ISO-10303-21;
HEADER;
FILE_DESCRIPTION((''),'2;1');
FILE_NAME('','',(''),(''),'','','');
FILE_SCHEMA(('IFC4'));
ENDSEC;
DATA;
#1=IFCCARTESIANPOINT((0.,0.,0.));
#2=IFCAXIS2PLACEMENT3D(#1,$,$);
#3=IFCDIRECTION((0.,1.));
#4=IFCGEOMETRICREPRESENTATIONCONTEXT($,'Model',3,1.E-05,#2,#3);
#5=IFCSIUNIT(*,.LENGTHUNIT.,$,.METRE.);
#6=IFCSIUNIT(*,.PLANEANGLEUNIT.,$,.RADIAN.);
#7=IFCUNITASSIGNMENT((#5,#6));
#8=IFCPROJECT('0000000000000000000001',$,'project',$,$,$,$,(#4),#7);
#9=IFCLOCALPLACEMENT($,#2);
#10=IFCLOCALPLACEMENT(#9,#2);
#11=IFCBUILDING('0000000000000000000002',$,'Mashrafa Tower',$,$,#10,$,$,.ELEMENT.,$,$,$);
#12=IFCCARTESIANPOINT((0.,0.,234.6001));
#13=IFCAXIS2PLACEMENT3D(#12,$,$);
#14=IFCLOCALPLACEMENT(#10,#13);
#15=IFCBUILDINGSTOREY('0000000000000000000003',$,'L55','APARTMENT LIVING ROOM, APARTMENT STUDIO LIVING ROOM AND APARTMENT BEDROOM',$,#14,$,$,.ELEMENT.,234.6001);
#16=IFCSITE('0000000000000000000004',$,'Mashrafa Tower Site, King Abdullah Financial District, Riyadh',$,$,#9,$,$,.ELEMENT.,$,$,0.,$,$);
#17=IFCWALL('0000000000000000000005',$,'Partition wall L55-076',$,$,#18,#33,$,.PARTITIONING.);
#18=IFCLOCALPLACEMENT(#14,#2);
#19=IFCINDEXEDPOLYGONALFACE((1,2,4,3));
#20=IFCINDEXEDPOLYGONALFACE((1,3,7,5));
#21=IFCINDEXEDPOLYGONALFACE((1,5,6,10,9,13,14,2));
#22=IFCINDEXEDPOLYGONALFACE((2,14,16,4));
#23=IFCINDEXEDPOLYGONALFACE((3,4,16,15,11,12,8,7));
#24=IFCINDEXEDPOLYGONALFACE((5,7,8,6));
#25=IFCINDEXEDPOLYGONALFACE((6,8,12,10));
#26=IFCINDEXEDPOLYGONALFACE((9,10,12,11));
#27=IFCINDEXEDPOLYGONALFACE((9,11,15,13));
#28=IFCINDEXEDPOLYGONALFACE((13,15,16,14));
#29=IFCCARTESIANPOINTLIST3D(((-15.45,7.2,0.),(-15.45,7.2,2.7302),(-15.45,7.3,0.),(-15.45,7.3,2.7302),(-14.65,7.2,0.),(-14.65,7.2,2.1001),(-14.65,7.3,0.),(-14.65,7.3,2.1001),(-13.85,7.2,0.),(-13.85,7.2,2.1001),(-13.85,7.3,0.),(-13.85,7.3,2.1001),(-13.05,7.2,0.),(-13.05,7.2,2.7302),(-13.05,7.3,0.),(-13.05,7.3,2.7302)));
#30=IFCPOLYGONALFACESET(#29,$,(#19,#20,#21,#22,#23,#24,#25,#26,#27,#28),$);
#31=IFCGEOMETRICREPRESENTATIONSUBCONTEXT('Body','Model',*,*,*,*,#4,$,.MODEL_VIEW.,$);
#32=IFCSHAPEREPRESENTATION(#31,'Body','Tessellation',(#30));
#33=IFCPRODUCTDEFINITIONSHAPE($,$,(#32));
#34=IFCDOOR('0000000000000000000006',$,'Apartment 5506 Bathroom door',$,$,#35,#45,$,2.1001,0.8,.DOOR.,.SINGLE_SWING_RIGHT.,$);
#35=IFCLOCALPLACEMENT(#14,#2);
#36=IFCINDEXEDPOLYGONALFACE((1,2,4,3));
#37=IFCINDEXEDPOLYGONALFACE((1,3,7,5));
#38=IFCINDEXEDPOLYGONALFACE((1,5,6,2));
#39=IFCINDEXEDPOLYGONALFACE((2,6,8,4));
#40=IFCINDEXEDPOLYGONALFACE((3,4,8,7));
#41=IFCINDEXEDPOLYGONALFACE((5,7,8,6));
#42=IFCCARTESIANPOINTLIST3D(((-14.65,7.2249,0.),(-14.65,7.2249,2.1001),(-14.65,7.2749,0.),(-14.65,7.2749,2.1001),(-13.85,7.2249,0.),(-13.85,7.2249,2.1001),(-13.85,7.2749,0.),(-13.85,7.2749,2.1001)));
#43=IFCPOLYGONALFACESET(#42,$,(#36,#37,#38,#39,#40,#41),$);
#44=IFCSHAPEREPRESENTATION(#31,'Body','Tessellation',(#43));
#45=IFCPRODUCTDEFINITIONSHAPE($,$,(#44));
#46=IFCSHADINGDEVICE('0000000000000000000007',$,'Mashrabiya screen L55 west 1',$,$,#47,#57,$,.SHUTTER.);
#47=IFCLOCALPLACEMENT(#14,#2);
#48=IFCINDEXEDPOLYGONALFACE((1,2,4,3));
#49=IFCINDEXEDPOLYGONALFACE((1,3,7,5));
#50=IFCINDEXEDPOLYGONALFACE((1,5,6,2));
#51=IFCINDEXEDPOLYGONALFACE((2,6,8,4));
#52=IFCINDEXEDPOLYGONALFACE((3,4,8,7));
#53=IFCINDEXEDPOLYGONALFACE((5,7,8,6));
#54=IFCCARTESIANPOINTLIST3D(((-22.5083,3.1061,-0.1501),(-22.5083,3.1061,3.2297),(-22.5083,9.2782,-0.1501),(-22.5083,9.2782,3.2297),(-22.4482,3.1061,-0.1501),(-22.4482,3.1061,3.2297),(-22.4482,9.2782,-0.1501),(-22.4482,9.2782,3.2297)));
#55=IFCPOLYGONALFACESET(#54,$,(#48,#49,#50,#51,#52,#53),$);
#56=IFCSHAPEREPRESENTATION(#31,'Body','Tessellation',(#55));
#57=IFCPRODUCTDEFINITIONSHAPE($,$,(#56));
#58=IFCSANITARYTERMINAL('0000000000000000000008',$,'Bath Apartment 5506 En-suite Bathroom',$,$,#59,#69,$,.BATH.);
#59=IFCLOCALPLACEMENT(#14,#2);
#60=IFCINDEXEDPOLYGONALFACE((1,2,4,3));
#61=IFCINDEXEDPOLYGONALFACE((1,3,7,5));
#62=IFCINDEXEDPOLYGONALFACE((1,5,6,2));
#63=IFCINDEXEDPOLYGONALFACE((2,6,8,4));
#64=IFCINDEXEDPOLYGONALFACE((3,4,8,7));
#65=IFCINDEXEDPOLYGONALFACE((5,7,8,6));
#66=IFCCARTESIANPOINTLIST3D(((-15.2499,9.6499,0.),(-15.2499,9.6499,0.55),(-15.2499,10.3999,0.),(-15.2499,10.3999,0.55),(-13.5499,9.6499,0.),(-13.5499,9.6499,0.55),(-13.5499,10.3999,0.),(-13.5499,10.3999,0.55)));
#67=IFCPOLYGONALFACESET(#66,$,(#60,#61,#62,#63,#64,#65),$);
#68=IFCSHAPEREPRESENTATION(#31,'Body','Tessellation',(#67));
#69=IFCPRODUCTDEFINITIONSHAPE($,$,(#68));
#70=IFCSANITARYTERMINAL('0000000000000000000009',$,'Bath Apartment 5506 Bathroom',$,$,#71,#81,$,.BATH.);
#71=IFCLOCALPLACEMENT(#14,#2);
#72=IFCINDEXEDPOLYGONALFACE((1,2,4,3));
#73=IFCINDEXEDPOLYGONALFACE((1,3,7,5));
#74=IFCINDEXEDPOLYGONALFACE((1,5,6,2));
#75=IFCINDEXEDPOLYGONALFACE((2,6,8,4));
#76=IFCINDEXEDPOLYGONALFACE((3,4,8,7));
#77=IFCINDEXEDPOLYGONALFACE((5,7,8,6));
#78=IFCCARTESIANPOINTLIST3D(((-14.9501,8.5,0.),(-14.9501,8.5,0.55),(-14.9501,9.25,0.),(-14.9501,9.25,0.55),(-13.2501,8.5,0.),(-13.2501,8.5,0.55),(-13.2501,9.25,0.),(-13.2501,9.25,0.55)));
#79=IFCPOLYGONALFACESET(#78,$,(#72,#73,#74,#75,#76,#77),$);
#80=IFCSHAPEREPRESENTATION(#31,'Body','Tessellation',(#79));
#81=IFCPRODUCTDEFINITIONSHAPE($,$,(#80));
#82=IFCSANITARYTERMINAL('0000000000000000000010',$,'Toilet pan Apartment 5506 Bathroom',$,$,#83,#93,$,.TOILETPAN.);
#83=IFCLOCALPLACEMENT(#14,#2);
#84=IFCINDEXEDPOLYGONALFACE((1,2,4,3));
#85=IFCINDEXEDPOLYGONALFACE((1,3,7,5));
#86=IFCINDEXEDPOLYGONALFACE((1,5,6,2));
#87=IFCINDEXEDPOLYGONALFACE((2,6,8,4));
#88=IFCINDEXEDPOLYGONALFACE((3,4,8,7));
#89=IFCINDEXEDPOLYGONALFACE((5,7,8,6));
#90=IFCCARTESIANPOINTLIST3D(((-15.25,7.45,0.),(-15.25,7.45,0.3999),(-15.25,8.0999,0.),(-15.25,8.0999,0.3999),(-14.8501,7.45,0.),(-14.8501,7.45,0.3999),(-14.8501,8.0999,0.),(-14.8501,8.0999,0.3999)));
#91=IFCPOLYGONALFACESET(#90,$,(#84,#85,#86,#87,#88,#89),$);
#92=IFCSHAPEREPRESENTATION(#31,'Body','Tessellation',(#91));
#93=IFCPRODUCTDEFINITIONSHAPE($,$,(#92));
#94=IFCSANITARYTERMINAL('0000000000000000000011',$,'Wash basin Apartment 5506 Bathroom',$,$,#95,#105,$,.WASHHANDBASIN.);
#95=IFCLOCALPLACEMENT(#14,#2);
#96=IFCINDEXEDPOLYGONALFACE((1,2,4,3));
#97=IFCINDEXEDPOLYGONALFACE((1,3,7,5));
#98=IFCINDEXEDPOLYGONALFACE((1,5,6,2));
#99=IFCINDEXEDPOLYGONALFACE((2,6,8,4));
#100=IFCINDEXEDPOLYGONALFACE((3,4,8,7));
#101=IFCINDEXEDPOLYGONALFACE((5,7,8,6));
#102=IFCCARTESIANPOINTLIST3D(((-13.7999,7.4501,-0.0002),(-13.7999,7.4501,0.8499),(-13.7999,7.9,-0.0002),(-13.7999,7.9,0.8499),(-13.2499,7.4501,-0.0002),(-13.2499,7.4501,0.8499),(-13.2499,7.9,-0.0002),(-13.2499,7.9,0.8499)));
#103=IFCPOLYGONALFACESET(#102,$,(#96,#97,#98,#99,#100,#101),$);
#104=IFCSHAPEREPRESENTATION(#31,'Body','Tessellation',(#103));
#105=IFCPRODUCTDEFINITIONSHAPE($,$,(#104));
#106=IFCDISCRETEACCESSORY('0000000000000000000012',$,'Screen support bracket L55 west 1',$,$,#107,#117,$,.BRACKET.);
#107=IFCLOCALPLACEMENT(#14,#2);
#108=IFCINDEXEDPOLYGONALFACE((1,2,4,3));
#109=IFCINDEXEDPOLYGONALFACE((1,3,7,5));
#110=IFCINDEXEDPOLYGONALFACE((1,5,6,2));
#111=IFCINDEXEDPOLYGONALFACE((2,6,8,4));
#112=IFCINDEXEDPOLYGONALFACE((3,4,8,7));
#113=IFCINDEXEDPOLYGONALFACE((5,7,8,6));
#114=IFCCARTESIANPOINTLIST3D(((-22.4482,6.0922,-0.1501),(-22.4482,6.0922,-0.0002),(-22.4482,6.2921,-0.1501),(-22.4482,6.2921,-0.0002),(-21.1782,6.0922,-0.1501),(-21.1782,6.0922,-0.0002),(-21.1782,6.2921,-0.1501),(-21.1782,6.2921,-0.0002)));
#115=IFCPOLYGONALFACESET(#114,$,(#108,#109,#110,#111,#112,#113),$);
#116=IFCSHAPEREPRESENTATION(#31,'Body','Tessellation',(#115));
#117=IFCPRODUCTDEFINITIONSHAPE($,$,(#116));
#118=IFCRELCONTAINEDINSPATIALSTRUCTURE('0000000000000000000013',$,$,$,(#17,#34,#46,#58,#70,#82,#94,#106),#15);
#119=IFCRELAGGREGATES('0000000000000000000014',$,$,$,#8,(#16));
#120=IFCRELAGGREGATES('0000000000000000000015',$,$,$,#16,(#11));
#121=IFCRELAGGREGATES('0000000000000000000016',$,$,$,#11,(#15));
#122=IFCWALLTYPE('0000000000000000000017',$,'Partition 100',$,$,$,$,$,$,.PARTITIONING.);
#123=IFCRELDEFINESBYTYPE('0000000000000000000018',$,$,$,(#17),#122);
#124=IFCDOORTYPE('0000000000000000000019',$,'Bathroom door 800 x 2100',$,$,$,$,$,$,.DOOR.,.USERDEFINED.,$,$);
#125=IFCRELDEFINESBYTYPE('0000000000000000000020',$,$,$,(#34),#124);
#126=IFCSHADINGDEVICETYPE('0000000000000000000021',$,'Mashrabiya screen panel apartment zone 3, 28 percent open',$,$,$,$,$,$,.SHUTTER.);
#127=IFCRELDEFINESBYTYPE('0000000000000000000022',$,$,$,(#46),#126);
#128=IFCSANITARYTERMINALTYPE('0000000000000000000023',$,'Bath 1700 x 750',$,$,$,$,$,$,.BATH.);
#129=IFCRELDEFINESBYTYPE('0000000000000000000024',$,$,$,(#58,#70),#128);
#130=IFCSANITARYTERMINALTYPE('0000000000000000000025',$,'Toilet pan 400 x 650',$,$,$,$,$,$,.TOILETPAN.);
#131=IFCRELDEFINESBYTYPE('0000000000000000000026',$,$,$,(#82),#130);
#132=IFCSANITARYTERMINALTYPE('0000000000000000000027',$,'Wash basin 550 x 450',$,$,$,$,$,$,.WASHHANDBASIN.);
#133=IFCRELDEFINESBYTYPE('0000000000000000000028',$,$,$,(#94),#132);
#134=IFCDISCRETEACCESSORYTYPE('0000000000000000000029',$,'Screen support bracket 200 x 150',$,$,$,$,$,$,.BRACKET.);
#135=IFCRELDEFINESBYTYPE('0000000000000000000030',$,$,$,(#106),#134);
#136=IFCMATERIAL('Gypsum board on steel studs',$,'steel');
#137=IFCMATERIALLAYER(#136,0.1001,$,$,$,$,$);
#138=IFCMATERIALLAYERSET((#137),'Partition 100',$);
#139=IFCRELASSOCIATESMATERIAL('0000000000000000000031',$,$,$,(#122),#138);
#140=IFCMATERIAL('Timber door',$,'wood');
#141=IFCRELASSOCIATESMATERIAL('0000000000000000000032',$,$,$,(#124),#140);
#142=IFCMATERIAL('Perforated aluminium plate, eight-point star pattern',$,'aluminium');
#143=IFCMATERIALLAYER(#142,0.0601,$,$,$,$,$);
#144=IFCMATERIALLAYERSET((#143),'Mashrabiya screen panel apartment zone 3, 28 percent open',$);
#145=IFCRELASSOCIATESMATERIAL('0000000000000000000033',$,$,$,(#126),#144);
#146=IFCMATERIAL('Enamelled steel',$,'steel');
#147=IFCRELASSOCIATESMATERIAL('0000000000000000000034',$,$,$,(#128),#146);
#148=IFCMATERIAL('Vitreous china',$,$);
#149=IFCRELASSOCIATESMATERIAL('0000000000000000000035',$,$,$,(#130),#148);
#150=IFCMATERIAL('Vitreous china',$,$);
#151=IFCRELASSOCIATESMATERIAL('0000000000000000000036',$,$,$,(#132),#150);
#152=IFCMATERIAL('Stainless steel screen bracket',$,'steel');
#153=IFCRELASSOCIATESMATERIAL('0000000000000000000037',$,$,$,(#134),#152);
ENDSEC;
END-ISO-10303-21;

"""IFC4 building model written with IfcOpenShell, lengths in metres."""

from ifc_helpers import new_model, si_unit, direction, frame, frame_2d, origin, origin_2d, place, context, subcontext, project, spatial, rectangle, extrude, source, transform, mapped, material, layer, layer_set, type_object, type_shapes, element, fill, save


model = new_model("IFC4")

# Units and contexts
model_context = context("Model", 3, precision=1e-05, world=origin(), true_north=direction((0.0, 1.0)))
body_context = subcontext(model_context, "Body", "Model", "MODEL_VIEW")
ifc_project = project(units=[si_unit("LENGTHUNIT", "METRE"), si_unit("PLANEANGLEUNIT", "RADIAN")], contexts=[model_context])

# Site, building, storey
site_placement = place(None, origin())
site = spatial("IfcSite", under=ifc_project, at=site_placement, Name="Mashrafa Tower Site, King Abdullah Financial District, Riyadh", CompositionType="ELEMENT", RefElevation=0.0)
building_placement = place(site_placement, origin())
building = spatial("IfcBuilding", under=site, at=building_placement, Name="Mashrafa Tower", CompositionType="ELEMENT")
storey_placement = place(building_placement, frame((0.0, 0.0, 234.6001)))
storey = spatial("IfcBuildingStorey", under=building, at=storey_placement, Name="L55", Description="APARTMENT LIVING ROOM, APARTMENT STUDIO LIVING ROOM AND APARTMENT BEDROOM", CompositionType="ELEMENT", Elevation=234.6001)

# Shared definitions
ifc_material_1 = material(Name="Gypsum board on steel studs", Category="steel")
ifc_layer_1 = layer(ifc_material_1, 0.1001)
ifc_layer_set_1 = layer_set([ifc_layer_1], Name="Partition 100")
wall_type_1 = type_object("IfcWallType", Name="Partition 100", PredefinedType="PARTITIONING", material=ifc_layer_set_1)

# Wall, opening, door
wall_1_placement = place(storey_placement, frame((-15.45, 7.25, 0.0), z_axis=(0.0, 0.0, 1.0), x_axis=(1.0, 0.0, 0.0)))
wall_1 = element("IfcWall", 1, at=wall_1_placement, inside=storey, type_object=wall_type_1, Name="Partition wall L55-076", PredefinedType="PARTITIONING", context=body_context, shape_type="SweptSolid", body=[
    extrude(rectangle(XDim=2.3999, YDim=0.1001, at=frame_2d((1.2, 0.0))), origin(), (0.0, 0.0, 1.0), 2.7302),
])
opening_1_placement = place(wall_1_placement, frame((0.8, 0.0, 0.0)))
opening_1 = element("IfcOpeningElement", 2, at=opening_1_placement, cuts=wall_1, PredefinedType="OPENING", context=body_context, shape_type="SweptSolid", body=[
    extrude(rectangle(XDim=0.8, YDim=2.1001, at=frame_2d((0.3999, 1.05))), frame((0.0, 0.0601, 0.0), z_axis=(0.0, -1.0, 0.0), x_axis=(1.0, 0.0, 0.0)), (0.0, 0.0, 1.0), 0.1201),
])
ifc_material_2 = material(Name="Timber door", Category="wood")
door_type_1 = type_object("IfcDoorType", Name="Bathroom door 800 x 2100", OperationType="USERDEFINED", PredefinedType="DOOR", material=ifc_material_2)
door_1_placement = place(opening_1_placement, origin())
door_1 = element("IfcDoor", 3, at=door_1_placement, inside=storey, type_object=door_type_1, Name="Apartment 5506 Bathroom door", OperationType="SINGLE_SWING_RIGHT", OverallHeight=2.1001, OverallWidth=0.8, PredefinedType="DOOR", context=body_context, shape_type="SweptSolid", body=[
    extrude(rectangle(XDim=0.8, YDim=2.1001, at=frame_2d((0.3999, 1.05))), frame((0.0, 0.0249, 0.0), z_axis=(0.0, -1.0, 0.0), x_axis=(1.0, 0.0, 0.0)), (0.0, 0.0, 1.0), 0.05),
])
fill(opening_1, door_1)

# Shading device
ifc_material_3 = material(Name="Perforated aluminium plate, eight-point star pattern", Category="aluminium")
ifc_layer_2 = layer(ifc_material_3, 0.0601)
ifc_layer_set_2 = layer_set([ifc_layer_2], Name="Mashrabiya screen panel apartment zone 3, 28 percent open")
shading_device_type = type_object("IfcShadingDeviceType", Name="Mashrabiya screen panel apartment zone 3, 28 percent open", PredefinedType="SHUTTER", material=ifc_layer_set_2)
shared_shape_1 = source(origin(), body_context, "Body", "SweptSolid", [
    extrude(rectangle(XDim=6.1721, YDim=0.0601, at=origin_2d()), origin(), (0.0, 0.0, 1.0), 3.3799),
])
type_shapes(shading_device_type, [shared_shape_1])
shading_device_placement = place(storey_placement, frame((-22.4783, 6.1921, -0.1501), z_axis=(0.0, 0.0, 1.0), x_axis=(0.0, -1.0, 0.0)))
element("IfcShadingDevice", 4, at=shading_device_placement, inside=storey, type_object=shading_device_type, Name="Mashrabiya screen L55 west 1", PredefinedType="SHUTTER", context=body_context, shape_type="MappedRepresentation", body=[
    mapped(shared_shape_1, transform((0.0, 0.0, 0.0))),
])

# Sanitary terminals
ifc_material_4 = material(Name="Enamelled steel", Category="steel")
sanitary_terminal_type_1 = type_object("IfcSanitaryTerminalType", Name="Bath 1700 x 750", PredefinedType="BATH", material=ifc_material_4)
for number, where, z_axis, x_axis, name in (
    (5, (-14.3999, 10.0249, 0.0), (0.0, 0.0, 1.0), (1.0, 0.0, 0.0), "Bath Apartment 5506 En-suite Bathroom"),
    (6, (-14.1001, 8.875, 0.0), (0.0, 0.0, 1.0), (-1.0, 0.0, 0.0), "Bath Apartment 5506 Bathroom"),
):
    element("IfcSanitaryTerminal", number, at=place(storey_placement, frame(where, z_axis=z_axis, x_axis=x_axis)), inside=storey, type_object=sanitary_terminal_type_1, Name=name, PredefinedType="BATH", context=body_context, shape_type="SweptSolid", body=[
        extrude(rectangle(XDim=1.7, YDim=0.75, at=origin_2d()), origin(), (0.0, 0.0, 1.0), 0.55),
    ])
ifc_material_5 = material(Name="Vitreous china")
sanitary_terminal_type_2 = type_object("IfcSanitaryTerminalType", Name="Toilet pan 400 x 650", PredefinedType="TOILETPAN", material=ifc_material_5)
sanitary_terminal_1_placement = place(storey_placement, frame((-15.05, 7.7749, 0.0), z_axis=(0.0, 0.0, 1.0), x_axis=(1.0, 0.0, 0.0)))
element("IfcSanitaryTerminal", 7, at=sanitary_terminal_1_placement, inside=storey, type_object=sanitary_terminal_type_2, Name="Toilet pan Apartment 5506 Bathroom", PredefinedType="TOILETPAN", context=body_context, shape_type="SweptSolid", body=[
    extrude(rectangle(XDim=0.3999, YDim=0.6499, at=origin_2d()), origin(), (0.0, 0.0, 1.0), 0.3999),
])
ifc_material_6 = material(Name="Vitreous china")
sanitary_terminal_type_3 = type_object("IfcSanitaryTerminalType", Name="Wash basin 550 x 450", PredefinedType="WASHHANDBASIN", material=ifc_material_6)
sanitary_terminal_2_placement = place(storey_placement, frame((-13.5249, 7.675, -0.0002), z_axis=(0.0, 0.0, 1.0), x_axis=(1.0, 0.0, 0.0)))
element("IfcSanitaryTerminal", 8, at=sanitary_terminal_2_placement, inside=storey, type_object=sanitary_terminal_type_3, Name="Wash basin Apartment 5506 Bathroom", PredefinedType="WASHHANDBASIN", context=body_context, shape_type="SweptSolid", body=[
    extrude(rectangle(XDim=0.55, YDim=0.45, at=origin_2d()), origin(), (0.0, 0.0, 1.0), 0.8501),
])

# Discrete accessory
ifc_material_7 = material(Name="Stainless steel screen bracket", Category="steel")
discrete_accessory_type = type_object("IfcDiscreteAccessoryType", Name="Screen support bracket 200 x 150", PredefinedType="BRACKET", material=ifc_material_7)
shared_shape_2 = source(origin(), body_context, "Body", "SweptSolid", [
    extrude(rectangle(XDim=0.2, YDim=1.27, at=origin_2d()), origin(), (0.0, 0.0, 1.0), 0.1499),
])
type_shapes(discrete_accessory_type, [shared_shape_2])
discrete_accessory_placement = place(storey_placement, frame((-21.8132, 6.1921, -0.1501), z_axis=(0.0, 0.0, 1.0), x_axis=(0.0, -1.0, 0.0)))
element("IfcDiscreteAccessory", 9, at=discrete_accessory_placement, inside=storey, type_object=discrete_accessory_type, Name="Screen support bracket L55 west 1", PredefinedType="BRACKET", context=body_context, shape_type="MappedRepresentation", body=[
    mapped(shared_shape_2, transform((0.0, 0.0, 0.0))),
])

save(model, "model.ifc")
